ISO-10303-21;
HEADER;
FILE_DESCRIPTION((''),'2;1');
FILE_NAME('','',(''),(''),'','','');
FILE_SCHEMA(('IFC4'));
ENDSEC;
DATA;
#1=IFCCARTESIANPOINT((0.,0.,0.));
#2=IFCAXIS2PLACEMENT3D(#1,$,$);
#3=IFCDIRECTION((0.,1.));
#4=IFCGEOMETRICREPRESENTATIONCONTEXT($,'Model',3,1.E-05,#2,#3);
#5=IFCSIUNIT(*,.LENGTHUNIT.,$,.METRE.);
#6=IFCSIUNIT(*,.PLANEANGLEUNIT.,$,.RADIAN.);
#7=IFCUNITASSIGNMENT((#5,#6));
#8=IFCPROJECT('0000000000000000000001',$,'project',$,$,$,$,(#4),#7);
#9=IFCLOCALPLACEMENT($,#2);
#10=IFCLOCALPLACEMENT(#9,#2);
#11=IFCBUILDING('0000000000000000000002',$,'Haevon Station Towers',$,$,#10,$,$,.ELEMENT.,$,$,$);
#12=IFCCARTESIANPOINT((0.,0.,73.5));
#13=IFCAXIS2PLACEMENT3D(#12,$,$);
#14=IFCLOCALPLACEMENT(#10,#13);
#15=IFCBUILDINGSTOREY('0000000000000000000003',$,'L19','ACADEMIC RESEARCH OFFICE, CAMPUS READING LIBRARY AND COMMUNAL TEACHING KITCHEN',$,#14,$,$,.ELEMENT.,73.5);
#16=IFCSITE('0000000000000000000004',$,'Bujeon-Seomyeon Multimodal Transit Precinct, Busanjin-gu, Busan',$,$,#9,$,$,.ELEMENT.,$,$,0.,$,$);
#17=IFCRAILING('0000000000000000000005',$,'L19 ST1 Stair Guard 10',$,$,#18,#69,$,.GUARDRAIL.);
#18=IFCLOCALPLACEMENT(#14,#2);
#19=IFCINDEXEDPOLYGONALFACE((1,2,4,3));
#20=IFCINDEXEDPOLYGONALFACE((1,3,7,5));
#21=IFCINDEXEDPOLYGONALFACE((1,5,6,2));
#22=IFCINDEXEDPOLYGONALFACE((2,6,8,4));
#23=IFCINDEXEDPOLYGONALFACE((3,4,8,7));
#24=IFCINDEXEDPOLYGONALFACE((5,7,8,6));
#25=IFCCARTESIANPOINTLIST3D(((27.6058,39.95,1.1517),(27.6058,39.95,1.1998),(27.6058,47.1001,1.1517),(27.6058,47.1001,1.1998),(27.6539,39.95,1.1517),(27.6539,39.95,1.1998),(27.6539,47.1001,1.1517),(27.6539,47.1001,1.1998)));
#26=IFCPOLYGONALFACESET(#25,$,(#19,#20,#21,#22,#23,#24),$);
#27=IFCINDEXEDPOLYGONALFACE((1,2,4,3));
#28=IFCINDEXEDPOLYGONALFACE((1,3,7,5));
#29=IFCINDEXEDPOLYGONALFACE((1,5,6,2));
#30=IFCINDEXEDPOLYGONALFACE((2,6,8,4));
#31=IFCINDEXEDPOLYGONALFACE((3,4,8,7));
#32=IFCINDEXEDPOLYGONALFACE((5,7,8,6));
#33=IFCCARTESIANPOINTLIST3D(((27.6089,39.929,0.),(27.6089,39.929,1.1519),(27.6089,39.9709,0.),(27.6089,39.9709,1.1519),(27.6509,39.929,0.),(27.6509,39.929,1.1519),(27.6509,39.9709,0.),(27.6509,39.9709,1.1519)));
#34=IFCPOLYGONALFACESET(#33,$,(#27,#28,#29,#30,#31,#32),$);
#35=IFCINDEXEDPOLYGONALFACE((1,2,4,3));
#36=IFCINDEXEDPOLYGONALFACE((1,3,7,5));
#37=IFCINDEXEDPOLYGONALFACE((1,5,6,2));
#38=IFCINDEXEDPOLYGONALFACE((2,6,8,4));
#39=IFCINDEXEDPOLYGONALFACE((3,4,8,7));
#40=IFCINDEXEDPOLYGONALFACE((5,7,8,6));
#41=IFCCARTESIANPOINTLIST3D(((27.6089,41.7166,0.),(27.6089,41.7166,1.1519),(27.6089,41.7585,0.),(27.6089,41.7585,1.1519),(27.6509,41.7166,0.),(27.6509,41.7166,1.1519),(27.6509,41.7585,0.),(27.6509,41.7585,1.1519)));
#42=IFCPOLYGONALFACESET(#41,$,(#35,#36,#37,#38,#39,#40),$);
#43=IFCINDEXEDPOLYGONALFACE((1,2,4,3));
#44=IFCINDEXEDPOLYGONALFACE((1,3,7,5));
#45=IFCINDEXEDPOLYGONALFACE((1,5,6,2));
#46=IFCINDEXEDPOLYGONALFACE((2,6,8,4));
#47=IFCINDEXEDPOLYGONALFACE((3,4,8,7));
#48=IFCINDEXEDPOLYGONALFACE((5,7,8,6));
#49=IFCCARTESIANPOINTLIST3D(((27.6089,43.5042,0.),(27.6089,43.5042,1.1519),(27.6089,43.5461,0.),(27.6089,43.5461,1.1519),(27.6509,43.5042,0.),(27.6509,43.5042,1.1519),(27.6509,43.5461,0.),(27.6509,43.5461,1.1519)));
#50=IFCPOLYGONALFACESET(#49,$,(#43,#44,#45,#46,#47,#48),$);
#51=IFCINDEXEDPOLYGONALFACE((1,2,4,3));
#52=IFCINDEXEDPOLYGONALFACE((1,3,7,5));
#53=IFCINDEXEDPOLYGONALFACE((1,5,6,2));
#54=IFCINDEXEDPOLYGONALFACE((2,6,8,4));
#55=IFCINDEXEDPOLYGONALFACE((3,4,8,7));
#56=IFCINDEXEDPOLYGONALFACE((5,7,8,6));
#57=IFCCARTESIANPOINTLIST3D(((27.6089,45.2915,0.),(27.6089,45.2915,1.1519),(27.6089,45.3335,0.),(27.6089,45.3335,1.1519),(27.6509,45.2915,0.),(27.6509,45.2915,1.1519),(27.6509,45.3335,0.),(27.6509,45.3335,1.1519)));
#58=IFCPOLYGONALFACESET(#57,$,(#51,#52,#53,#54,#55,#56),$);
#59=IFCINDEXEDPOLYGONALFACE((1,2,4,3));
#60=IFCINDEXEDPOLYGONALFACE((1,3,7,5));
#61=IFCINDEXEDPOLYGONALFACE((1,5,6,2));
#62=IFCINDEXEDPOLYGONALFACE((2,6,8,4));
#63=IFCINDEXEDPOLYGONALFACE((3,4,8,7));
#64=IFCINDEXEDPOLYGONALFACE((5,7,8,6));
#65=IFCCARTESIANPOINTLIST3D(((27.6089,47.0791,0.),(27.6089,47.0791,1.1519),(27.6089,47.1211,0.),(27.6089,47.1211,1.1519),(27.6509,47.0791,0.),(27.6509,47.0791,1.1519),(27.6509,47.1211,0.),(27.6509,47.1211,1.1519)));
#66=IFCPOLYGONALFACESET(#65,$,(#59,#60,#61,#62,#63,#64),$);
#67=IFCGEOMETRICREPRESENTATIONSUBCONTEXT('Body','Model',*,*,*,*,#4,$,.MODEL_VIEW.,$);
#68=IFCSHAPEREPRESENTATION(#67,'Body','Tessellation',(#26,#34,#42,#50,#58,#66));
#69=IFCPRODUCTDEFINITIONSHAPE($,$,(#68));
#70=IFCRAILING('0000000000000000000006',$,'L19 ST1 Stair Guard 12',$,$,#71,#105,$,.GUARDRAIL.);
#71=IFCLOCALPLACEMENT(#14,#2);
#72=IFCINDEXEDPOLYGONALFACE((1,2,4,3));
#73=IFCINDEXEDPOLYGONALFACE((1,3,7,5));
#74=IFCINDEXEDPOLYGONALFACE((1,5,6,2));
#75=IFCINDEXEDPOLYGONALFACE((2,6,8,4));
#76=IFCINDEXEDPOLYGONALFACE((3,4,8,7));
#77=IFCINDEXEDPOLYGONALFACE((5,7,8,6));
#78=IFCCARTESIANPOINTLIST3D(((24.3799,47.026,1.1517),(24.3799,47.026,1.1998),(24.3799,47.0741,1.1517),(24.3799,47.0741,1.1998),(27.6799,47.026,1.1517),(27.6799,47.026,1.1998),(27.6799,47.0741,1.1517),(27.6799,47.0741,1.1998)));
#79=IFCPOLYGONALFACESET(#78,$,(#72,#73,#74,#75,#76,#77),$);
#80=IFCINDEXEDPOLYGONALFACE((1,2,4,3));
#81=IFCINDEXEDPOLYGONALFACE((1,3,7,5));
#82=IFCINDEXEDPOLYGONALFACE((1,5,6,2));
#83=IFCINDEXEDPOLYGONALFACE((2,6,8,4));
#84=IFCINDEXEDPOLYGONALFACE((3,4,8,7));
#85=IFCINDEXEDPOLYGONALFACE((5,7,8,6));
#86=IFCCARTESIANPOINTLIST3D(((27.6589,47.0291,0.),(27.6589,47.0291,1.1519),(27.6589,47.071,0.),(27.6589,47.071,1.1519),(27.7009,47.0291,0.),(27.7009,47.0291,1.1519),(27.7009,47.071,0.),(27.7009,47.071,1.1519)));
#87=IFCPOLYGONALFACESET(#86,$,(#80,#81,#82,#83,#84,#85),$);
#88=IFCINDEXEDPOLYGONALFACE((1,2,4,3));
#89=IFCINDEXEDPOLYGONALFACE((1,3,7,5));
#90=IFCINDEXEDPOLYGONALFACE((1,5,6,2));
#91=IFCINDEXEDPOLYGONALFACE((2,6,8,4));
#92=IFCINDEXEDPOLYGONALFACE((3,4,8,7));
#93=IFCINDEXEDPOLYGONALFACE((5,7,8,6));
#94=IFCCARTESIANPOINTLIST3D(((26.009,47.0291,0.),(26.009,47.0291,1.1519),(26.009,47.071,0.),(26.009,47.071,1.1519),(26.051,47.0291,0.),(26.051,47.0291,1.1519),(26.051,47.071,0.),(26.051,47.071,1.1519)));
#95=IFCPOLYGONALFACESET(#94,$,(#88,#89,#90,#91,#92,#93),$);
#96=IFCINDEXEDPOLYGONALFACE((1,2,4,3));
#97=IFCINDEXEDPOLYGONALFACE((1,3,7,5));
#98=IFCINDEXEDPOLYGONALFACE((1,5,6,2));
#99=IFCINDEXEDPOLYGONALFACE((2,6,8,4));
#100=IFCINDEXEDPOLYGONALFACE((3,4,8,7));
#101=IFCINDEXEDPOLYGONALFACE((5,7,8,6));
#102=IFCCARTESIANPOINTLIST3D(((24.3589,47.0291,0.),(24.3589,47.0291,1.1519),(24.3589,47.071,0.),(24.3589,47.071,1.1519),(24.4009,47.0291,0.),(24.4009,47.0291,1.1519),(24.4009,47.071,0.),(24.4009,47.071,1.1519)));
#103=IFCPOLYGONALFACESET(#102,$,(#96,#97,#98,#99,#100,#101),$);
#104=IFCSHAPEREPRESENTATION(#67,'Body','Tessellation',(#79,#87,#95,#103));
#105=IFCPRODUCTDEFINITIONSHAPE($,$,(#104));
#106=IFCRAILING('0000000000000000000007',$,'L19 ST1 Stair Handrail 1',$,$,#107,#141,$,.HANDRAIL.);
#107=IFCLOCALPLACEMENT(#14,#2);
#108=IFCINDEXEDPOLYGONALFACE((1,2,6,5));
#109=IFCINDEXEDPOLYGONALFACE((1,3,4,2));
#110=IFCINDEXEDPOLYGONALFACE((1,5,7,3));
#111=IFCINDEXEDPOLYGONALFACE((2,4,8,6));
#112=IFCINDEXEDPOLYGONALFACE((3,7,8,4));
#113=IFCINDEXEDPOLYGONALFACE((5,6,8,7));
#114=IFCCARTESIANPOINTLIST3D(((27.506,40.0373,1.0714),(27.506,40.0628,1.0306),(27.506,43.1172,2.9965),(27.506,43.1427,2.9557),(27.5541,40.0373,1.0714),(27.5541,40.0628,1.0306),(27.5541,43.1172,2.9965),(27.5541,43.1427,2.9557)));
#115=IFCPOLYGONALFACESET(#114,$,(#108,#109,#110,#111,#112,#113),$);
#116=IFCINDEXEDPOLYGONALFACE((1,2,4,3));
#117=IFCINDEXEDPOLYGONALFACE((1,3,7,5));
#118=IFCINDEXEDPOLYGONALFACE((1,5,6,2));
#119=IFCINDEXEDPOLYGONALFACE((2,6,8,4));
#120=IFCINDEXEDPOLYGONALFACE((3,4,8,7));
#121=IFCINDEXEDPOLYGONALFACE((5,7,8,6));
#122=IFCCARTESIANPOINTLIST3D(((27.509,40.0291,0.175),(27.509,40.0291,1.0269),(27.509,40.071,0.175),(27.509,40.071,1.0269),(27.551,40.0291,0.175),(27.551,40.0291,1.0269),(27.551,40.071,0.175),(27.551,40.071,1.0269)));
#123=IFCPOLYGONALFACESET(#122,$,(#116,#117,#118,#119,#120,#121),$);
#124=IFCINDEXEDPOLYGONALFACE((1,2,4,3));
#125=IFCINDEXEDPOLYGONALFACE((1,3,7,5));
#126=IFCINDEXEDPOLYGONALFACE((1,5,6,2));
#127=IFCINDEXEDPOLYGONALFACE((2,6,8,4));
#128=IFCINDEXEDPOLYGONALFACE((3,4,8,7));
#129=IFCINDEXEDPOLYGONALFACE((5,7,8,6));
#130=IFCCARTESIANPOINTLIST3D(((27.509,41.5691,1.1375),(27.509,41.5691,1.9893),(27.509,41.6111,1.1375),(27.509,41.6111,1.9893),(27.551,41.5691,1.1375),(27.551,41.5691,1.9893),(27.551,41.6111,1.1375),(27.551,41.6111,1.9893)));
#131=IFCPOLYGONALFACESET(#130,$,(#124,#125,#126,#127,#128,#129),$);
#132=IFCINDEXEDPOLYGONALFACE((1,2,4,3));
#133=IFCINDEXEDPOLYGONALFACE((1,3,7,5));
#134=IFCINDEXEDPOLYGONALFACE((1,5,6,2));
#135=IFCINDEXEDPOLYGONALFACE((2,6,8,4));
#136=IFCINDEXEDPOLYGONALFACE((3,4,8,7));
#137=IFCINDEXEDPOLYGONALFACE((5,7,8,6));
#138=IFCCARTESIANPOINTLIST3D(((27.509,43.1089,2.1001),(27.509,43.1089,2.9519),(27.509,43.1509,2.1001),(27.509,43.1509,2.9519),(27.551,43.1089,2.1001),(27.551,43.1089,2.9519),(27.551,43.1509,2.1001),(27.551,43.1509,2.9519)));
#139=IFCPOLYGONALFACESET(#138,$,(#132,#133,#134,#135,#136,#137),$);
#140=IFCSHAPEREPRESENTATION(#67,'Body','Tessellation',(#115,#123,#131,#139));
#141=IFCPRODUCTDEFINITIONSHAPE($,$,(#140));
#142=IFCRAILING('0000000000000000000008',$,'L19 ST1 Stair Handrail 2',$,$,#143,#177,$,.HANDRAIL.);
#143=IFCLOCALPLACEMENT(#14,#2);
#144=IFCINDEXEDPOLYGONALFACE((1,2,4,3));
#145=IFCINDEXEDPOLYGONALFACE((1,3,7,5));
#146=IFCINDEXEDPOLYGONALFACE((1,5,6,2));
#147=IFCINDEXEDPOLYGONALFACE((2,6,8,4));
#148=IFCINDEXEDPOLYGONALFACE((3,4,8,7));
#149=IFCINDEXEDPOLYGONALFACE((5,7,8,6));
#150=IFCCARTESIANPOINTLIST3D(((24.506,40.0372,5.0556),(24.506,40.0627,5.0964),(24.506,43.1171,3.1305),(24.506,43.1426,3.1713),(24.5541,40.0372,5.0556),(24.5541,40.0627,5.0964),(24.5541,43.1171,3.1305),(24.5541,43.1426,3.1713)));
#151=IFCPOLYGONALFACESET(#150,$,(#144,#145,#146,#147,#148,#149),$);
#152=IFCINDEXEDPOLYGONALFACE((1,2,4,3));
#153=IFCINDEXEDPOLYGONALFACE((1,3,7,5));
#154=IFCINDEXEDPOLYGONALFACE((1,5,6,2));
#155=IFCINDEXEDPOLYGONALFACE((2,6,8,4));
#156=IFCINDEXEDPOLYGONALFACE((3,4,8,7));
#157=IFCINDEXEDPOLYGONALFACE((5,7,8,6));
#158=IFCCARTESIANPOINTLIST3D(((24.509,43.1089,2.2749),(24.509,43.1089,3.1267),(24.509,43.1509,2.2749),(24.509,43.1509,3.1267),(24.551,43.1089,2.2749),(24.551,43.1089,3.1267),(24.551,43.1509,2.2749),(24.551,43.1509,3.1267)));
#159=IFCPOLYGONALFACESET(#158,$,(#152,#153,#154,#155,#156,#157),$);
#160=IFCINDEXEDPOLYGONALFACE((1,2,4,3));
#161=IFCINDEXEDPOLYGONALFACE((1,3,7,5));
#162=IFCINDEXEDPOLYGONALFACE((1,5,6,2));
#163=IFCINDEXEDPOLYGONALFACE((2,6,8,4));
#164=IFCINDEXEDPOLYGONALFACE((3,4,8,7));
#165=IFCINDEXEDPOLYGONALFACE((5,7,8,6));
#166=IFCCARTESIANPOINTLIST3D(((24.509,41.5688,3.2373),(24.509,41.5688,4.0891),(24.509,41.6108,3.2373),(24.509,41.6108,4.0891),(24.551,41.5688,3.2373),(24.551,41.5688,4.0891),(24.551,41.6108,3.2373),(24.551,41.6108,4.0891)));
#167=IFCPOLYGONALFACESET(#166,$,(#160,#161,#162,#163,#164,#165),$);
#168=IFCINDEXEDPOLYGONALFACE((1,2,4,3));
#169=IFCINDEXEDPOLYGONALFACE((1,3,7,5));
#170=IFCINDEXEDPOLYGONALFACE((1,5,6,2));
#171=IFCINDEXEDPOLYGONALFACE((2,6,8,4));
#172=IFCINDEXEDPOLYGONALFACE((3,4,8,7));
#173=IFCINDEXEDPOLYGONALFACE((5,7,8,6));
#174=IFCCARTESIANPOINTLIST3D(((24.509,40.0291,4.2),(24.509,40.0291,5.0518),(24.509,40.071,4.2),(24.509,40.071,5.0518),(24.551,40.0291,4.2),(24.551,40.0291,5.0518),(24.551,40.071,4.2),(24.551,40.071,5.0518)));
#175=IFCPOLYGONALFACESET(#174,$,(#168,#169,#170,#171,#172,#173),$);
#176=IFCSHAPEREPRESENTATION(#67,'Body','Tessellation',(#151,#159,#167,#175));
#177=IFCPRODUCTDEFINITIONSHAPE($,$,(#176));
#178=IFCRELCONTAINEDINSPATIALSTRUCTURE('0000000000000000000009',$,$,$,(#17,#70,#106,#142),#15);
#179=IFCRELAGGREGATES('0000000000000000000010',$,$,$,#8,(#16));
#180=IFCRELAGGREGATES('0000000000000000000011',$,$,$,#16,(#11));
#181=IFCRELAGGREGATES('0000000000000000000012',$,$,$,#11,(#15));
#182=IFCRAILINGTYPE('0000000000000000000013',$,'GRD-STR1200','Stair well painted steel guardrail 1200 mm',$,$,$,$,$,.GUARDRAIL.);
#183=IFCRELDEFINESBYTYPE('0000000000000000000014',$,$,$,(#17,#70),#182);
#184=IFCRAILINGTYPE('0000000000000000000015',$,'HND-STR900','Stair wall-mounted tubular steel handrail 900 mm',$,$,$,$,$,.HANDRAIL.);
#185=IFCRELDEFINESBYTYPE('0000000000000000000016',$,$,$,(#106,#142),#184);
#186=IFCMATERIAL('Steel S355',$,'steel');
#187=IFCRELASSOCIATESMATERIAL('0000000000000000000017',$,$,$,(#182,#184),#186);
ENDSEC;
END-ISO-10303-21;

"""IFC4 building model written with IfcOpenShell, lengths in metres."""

from ifc_helpers import new_model, si_unit, direction, frame, origin, origin_2d, place, context, subcontext, project, spatial, rectangle, extrude, material, type_object, element, save


model = new_model("IFC4")

# Units and contexts
model_context = context("Model", 3, precision=1e-05, world=origin(), true_north=direction((0.0, 1.0)))
body_context = subcontext(model_context, "Body", "Model", "MODEL_VIEW")
ifc_project = project(units=[si_unit("LENGTHUNIT", "METRE"), si_unit("PLANEANGLEUNIT", "RADIAN")], contexts=[model_context])

# Site, building, storey
site_placement = place(None, origin())
site = spatial("IfcSite", under=ifc_project, at=site_placement, Name="Bujeon-Seomyeon Multimodal Transit Precinct, Busanjin-gu, Busan", CompositionType="ELEMENT", RefElevation=0.0)
building_placement = place(site_placement, origin())
building = spatial("IfcBuilding", under=site, at=building_placement, Name="Haevon Station Towers", CompositionType="ELEMENT")
storey_placement = place(building_placement, frame((0.0, 0.0, 73.5)))
storey = spatial("IfcBuildingStorey", under=building, at=storey_placement, Name="L19", Description="ACADEMIC RESEARCH OFFICE, CAMPUS READING LIBRARY AND COMMUNAL TEACHING KITCHEN", CompositionType="ELEMENT", Elevation=73.5)

# Shared definitions
ifc_material_1 = material(Name="Steel S355", Category="steel")

# Railings
railing_type_1 = type_object("IfcRailingType", Name="GRD-STR1200", Description="Stair well painted steel guardrail 1200 mm", PredefinedType="GUARDRAIL", material=ifc_material_1)
railing_1_placement = place(storey_placement, frame((27.6299, 39.95, 0.0)))
element("IfcRailing", 1, at=railing_1_placement, inside=storey, type_object=railing_type_1, Name="L19 ST1 Stair Guard 10", PredefinedType="GUARDRAIL", context=body_context, shape_type="SweptSolid", body=[
    extrude(rectangle(XDim=0.0481, YDim=0.0481, at=origin_2d()), frame((0.0, 0.0, 1.1758), z_axis=(0.0, 1.0, 0.0), x_axis=(-1.0, 0.0, 0.0)), (0.0, 0.0, 1.0), 7.1501),
    extrude(rectangle(XDim=0.042, YDim=0.042, at=origin_2d()), origin(), (0.0, 0.0, 1.0), 1.1519),
    extrude(rectangle(XDim=0.042, YDim=0.042, at=origin_2d()), frame((0.0, 1.7876, 0.0)), (0.0, 0.0, 1.0), 1.1519),
    extrude(rectangle(XDim=0.042, YDim=0.042, at=origin_2d()), frame((0.0, 3.5752, 0.0)), (0.0, 0.0, 1.0), 1.1519),
    extrude(rectangle(XDim=0.042, YDim=0.042, at=origin_2d()), frame((0.0, 5.3625, 0.0)), (0.0, 0.0, 1.0), 1.1519),
    extrude(rectangle(XDim=0.042, YDim=0.042, at=origin_2d()), frame((0.0, 7.1501, 0.0)), (0.0, 0.0, 1.0), 1.1519),
])
railing_2_placement = place(storey_placement, frame((27.6799, 47.05, 0.0)))
element("IfcRailing", 2, at=railing_2_placement, inside=storey, type_object=railing_type_1, Name="L19 ST1 Stair Guard 12", PredefinedType="GUARDRAIL", context=body_context, shape_type="SweptSolid", body=[
    extrude(rectangle(XDim=0.0481, YDim=0.0481, at=origin_2d()), frame((0.0, 0.0, 1.1758), z_axis=(-1.0, 0.0, 0.0), x_axis=(0.0, -1.0, 0.0)), (0.0, 0.0, 1.0), 3.3),
    extrude(rectangle(XDim=0.042, YDim=0.042, at=origin_2d()), origin(), (0.0, 0.0, 1.0), 1.1519),
    extrude(rectangle(XDim=0.042, YDim=0.042, at=origin_2d()), frame((-1.6499, 0.0, 0.0)), (0.0, 0.0, 1.0), 1.1519),
    extrude(rectangle(XDim=0.042, YDim=0.042, at=origin_2d()), frame((-3.3, 0.0, 0.0)), (0.0, 0.0, 1.0), 1.1519),
])
railing_type_2 = type_object("IfcRailingType", Name="HND-STR900", Description="Stair wall-mounted tubular steel handrail 900 mm", PredefinedType="HANDRAIL", material=ifc_material_1)
railing_3_placement = place(storey_placement, frame((27.53, 40.05, 0.175)))
element("IfcRailing", 3, at=railing_3_placement, inside=storey, type_object=railing_type_2, Name="L19 ST1 Stair Handrail 1", PredefinedType="HANDRAIL", context=body_context, shape_type="SweptSolid", body=[
    extrude(rectangle(XDim=0.0481, YDim=0.0481, at=origin_2d()), frame((0.0, 0.0, 0.876), z_axis=(0.0, 0.847979, 0.530029), x_axis=(-1.0, 0.0, 0.0)), (0.0, 0.0, 1.0), 3.6321),
    extrude(rectangle(XDim=0.042, YDim=0.042, at=origin_2d()), origin(), (0.0, 0.0, 1.0), 0.8518),
    extrude(rectangle(XDim=0.042, YDim=0.042, at=origin_2d()), frame((0.0, 1.54, 0.9624)), (0.0, 0.0, 1.0), 0.8518),
    extrude(rectangle(XDim=0.042, YDim=0.042, at=origin_2d()), frame((0.0, 3.0798, 1.925)), (0.0, 0.0, 1.0), 0.8518),
])
railing_4_placement = place(storey_placement, frame((24.53, 43.1299, 2.2749)))
element("IfcRailing", 4, at=railing_4_placement, inside=storey, type_object=railing_type_2, Name="L19 ST1 Stair Handrail 2", PredefinedType="HANDRAIL", context=body_context, shape_type="SweptSolid", body=[
    extrude(rectangle(XDim=0.0481, YDim=0.0481, at=origin_2d()), frame((0.0, 0.0, 0.876), z_axis=(0.0, -0.847979, 0.530029), x_axis=(1.0, 0.0, 0.0)), (0.0, 0.0, 1.0), 3.6321),
    extrude(rectangle(XDim=0.042, YDim=0.042, at=origin_2d()), origin(), (0.0, 0.0, 1.0), 0.8518),
    extrude(rectangle(XDim=0.042, YDim=0.042, at=origin_2d()), frame((0.0, -1.54, 0.9624)), (0.0, 0.0, 1.0), 0.8518),
    extrude(rectangle(XDim=0.042, YDim=0.042, at=origin_2d()), frame((0.0, -3.0798, 1.925)), (0.0, 0.0, 1.0), 0.8518),
])

save(model, "model.ifc")
